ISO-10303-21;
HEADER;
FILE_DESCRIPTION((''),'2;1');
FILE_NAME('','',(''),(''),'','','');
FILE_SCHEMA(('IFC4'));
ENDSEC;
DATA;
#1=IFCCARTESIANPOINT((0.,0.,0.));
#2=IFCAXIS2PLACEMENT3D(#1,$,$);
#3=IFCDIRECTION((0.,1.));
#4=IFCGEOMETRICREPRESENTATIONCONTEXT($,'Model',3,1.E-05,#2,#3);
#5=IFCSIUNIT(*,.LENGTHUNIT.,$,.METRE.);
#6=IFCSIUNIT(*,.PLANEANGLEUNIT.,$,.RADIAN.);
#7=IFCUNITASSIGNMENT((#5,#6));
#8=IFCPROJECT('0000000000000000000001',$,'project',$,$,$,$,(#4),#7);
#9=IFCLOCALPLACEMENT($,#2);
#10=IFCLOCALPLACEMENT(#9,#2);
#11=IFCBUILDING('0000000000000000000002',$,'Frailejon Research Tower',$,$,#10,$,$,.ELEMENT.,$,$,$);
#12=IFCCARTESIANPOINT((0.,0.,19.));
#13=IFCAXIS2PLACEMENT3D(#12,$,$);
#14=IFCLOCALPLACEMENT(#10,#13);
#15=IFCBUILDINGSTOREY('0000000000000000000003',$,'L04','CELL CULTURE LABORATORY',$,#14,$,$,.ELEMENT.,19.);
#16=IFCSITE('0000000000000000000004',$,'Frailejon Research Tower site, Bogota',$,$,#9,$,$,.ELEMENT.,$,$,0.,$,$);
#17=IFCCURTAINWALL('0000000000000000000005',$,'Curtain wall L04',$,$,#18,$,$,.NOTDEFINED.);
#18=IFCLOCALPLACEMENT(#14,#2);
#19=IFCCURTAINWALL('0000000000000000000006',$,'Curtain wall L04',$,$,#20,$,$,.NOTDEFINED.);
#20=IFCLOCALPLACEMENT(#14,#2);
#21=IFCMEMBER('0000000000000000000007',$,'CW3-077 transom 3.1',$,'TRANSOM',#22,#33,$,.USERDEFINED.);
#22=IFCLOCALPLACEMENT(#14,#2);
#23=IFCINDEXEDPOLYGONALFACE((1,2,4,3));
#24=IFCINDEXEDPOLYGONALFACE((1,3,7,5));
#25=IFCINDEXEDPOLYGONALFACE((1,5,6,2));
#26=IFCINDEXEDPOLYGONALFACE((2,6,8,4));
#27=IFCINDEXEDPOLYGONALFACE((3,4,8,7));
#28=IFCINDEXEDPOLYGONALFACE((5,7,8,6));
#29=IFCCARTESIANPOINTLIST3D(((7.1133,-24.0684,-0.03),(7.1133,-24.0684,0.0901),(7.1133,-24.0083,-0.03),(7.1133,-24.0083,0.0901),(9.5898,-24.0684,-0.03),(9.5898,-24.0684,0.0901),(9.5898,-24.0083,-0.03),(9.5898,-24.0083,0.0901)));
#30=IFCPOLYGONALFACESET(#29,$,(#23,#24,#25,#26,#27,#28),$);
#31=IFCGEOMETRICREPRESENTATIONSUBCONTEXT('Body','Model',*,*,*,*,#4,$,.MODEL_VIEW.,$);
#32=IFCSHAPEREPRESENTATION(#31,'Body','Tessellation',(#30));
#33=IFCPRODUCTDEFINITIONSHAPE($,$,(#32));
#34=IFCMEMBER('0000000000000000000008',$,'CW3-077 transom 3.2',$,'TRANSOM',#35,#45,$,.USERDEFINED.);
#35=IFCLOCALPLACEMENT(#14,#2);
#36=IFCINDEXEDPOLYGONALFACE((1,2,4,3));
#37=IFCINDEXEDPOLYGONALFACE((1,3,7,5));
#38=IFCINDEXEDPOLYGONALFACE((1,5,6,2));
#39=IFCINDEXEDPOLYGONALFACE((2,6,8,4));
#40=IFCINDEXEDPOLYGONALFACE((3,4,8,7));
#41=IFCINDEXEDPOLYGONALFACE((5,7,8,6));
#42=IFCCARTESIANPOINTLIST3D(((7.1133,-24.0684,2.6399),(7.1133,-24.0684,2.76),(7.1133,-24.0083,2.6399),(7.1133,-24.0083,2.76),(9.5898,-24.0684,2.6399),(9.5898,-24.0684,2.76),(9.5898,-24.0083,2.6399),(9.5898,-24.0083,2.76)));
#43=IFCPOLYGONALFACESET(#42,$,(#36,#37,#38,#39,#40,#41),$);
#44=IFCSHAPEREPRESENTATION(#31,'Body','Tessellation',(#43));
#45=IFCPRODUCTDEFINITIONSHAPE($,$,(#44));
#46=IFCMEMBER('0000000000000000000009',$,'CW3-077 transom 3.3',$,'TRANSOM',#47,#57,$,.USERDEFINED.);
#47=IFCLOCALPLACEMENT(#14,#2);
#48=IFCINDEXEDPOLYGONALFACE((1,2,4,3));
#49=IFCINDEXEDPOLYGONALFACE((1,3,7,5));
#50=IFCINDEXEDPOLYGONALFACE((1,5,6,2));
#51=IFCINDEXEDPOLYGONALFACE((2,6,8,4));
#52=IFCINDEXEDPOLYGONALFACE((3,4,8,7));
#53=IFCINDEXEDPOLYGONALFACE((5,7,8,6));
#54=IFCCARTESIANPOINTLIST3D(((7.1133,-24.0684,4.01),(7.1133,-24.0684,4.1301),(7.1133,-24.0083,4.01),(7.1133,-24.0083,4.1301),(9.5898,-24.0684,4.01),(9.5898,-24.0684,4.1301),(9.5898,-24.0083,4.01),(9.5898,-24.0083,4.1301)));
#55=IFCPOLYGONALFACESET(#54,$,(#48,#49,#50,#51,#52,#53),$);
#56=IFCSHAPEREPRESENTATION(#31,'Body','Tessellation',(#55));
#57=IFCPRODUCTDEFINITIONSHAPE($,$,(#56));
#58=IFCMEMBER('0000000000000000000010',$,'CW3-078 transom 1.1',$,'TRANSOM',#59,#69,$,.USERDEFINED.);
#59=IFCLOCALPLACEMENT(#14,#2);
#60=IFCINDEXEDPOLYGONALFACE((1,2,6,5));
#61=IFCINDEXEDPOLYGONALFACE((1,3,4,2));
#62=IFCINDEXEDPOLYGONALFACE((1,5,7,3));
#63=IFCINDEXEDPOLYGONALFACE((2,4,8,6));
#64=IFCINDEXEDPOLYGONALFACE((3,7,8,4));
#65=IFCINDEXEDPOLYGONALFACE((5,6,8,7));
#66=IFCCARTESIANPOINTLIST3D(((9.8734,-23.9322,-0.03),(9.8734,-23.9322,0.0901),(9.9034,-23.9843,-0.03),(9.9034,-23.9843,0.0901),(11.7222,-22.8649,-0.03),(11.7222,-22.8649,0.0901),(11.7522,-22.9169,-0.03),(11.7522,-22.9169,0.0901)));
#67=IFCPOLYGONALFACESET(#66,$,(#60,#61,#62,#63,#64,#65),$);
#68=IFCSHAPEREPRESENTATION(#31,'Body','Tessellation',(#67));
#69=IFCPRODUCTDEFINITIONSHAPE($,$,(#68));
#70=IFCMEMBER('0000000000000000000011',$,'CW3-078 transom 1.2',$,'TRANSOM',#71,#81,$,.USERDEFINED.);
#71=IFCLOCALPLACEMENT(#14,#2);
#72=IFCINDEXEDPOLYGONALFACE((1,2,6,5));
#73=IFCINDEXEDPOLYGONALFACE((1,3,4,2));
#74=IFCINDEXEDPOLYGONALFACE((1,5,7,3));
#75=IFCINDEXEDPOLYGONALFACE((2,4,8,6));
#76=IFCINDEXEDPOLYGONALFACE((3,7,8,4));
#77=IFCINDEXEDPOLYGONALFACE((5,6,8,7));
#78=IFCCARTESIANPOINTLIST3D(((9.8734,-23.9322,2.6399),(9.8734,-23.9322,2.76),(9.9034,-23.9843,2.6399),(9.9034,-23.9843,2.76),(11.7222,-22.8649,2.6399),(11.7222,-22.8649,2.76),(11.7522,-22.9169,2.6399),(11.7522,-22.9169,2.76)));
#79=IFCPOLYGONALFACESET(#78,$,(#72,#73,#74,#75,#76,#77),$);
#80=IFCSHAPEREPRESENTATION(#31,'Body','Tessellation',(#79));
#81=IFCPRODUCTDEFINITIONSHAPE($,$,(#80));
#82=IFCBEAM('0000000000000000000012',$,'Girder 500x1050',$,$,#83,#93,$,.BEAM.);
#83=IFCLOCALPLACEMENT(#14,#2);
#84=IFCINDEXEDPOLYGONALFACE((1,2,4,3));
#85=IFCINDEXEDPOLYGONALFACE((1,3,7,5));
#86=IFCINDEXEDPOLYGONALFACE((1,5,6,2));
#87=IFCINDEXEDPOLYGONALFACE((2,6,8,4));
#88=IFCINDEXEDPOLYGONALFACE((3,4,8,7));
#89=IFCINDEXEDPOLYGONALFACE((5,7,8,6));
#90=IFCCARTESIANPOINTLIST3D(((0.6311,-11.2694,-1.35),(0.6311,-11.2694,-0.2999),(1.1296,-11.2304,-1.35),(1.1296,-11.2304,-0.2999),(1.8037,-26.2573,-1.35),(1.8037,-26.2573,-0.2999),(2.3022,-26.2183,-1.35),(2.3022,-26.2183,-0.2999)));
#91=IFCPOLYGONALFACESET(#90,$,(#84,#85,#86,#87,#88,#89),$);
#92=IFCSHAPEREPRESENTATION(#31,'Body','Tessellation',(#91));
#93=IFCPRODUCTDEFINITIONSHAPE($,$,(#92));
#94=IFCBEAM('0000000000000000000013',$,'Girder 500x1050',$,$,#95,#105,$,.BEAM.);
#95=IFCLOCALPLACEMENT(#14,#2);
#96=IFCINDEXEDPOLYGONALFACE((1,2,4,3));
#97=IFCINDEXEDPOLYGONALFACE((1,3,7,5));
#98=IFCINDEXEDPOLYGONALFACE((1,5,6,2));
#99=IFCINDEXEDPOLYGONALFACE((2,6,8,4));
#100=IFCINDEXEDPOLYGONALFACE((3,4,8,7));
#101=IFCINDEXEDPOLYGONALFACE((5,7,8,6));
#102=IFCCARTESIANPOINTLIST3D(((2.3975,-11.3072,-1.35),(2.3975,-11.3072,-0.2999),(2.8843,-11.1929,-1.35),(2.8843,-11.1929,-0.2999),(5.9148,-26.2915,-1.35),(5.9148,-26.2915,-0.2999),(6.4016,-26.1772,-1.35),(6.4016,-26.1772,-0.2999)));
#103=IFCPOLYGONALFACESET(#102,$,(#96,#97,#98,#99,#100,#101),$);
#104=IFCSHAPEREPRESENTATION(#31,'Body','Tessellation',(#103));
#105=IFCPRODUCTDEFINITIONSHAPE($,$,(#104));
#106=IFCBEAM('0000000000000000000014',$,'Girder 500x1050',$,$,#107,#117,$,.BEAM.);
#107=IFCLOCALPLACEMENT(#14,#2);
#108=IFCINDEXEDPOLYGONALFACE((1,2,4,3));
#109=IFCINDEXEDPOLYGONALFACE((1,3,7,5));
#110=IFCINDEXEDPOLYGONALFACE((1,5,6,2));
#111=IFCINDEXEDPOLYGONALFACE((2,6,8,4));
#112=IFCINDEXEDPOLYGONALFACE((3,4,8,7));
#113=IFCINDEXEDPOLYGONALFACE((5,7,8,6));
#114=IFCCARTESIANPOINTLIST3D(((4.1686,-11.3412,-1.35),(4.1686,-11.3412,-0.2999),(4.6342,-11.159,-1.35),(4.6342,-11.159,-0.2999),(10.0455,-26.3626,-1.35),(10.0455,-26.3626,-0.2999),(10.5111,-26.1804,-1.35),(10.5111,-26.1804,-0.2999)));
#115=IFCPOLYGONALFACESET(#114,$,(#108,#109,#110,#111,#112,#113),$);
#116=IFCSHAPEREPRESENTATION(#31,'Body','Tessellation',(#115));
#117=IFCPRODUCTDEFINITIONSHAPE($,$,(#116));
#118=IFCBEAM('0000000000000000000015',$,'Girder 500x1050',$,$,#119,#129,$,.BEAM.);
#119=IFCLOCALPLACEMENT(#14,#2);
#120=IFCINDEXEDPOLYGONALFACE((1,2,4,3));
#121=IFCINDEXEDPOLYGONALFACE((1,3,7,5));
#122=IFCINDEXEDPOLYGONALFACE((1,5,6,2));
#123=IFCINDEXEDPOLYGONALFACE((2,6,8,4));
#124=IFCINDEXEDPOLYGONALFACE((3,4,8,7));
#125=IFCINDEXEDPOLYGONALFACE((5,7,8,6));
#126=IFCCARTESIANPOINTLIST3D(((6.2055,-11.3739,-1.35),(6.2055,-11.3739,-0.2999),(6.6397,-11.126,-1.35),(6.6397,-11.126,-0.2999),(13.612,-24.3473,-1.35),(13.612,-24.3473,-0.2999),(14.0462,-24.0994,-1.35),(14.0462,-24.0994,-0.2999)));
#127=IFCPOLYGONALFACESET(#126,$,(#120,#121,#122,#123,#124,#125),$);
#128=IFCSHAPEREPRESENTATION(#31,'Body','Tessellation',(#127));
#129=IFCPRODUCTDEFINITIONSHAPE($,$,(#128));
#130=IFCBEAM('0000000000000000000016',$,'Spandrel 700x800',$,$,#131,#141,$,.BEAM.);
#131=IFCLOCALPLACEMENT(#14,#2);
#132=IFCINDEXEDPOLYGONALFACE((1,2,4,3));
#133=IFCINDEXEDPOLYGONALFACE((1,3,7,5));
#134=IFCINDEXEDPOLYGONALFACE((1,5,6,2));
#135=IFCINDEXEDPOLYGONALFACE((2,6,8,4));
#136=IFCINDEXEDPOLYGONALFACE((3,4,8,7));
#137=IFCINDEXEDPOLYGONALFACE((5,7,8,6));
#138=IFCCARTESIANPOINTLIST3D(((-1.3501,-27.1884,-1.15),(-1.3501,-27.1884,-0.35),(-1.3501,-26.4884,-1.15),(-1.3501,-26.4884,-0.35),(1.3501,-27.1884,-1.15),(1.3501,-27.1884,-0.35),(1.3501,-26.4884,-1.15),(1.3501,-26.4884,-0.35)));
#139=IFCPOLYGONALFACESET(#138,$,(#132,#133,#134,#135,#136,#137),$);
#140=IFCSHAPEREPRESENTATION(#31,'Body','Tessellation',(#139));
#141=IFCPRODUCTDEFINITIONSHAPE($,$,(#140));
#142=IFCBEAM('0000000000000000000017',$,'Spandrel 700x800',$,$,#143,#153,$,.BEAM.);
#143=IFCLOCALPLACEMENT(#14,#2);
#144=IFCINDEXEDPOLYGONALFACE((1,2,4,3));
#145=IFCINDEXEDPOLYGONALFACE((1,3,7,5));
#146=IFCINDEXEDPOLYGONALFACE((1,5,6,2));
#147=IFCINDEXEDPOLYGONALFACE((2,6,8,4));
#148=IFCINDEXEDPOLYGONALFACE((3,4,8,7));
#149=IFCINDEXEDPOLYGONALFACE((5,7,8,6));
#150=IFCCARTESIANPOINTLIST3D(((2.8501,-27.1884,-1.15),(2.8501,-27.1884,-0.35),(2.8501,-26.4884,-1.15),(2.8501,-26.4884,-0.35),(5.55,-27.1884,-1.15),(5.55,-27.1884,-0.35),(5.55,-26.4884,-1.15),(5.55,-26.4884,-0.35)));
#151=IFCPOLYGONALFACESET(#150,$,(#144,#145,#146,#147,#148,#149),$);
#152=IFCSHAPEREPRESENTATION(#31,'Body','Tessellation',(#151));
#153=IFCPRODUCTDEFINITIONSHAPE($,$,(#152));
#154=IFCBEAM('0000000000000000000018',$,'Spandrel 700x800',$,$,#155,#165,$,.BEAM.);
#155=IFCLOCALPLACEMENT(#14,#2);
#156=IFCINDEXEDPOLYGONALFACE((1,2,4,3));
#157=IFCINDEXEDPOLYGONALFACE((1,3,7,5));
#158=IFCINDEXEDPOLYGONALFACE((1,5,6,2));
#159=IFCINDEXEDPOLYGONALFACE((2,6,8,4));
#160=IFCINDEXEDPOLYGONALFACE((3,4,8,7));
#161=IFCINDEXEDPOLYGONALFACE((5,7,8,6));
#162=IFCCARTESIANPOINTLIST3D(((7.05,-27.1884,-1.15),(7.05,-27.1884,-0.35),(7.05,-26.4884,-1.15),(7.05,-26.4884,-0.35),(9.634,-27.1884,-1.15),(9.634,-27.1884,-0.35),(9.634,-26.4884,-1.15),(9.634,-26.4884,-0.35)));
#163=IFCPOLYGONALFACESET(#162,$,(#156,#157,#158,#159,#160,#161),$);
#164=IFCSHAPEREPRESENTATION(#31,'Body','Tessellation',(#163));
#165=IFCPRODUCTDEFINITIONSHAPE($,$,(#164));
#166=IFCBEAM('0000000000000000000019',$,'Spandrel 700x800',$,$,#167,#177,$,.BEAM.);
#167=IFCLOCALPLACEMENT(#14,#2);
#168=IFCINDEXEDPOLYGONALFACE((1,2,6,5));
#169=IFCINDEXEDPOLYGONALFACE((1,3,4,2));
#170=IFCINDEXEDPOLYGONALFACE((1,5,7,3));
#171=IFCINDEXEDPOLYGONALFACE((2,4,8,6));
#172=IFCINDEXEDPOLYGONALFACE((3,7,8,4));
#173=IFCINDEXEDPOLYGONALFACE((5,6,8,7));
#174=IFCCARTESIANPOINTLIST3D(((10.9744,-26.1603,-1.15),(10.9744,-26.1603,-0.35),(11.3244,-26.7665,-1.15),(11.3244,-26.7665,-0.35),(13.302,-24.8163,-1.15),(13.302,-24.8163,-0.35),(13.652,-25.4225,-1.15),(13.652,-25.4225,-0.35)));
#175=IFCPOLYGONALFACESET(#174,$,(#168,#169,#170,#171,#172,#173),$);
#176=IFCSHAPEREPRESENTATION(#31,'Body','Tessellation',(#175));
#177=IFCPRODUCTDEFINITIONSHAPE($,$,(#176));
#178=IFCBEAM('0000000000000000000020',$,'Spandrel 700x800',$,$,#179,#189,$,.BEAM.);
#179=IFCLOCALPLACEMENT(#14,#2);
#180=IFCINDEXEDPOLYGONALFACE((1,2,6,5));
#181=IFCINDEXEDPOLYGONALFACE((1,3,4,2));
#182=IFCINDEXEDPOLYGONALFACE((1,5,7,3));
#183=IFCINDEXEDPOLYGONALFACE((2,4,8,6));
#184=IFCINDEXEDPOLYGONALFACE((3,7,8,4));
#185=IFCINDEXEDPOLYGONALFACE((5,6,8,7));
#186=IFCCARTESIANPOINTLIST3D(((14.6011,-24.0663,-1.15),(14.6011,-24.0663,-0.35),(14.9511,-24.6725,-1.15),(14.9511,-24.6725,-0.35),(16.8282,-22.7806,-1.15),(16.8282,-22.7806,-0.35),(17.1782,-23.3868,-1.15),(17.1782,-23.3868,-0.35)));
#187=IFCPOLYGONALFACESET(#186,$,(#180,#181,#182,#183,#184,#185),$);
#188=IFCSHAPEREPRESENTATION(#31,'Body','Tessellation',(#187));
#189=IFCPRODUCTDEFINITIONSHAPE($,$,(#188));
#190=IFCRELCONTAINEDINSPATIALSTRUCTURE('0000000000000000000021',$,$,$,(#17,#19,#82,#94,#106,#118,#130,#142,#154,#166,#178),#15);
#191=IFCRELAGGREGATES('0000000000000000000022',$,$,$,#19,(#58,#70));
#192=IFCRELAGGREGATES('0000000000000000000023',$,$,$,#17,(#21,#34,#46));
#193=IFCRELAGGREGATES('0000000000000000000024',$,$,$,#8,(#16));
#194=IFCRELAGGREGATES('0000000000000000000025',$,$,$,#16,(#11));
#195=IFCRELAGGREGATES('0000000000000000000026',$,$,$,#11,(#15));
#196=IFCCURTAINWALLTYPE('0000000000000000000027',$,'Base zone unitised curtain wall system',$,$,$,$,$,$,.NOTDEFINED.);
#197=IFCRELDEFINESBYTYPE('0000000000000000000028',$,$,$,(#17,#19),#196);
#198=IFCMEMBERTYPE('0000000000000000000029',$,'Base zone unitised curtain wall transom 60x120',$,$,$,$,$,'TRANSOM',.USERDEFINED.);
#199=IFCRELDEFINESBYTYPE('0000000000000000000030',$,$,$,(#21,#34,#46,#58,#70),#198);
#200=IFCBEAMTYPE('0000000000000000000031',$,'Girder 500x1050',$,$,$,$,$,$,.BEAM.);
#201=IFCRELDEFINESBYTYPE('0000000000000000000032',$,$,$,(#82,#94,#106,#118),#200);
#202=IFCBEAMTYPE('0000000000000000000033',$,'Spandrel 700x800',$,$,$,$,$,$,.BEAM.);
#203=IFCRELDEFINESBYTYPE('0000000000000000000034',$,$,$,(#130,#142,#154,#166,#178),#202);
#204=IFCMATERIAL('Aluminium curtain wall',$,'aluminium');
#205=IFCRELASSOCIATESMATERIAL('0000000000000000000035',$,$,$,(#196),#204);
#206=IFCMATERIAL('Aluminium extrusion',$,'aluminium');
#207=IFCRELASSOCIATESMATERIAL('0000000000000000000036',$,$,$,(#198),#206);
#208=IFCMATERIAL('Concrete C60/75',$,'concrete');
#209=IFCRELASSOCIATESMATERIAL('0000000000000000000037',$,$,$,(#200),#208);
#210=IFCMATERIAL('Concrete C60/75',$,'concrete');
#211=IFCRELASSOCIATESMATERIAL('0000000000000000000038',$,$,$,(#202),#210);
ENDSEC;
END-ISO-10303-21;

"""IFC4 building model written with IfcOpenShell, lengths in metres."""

from ifc_helpers import new_model, si_unit, direction, frame, origin, origin_2d, place, context, subcontext, project, spatial, rectangle, extrude, material, material_profile, profile_set, type_object, element, aggregate, save


model = new_model("IFC4")

# Units and contexts
model_context = context("Model", 3, precision=1e-05, world=origin(), true_north=direction((0.0, 1.0)))
body_context = subcontext(model_context, "Body", "Model", "MODEL_VIEW")
ifc_project = project(units=[si_unit("LENGTHUNIT", "METRE"), si_unit("PLANEANGLEUNIT", "RADIAN")], contexts=[model_context])

# Site, building, storey
site_placement = place(None, origin())
site = spatial("IfcSite", under=ifc_project, at=site_placement, Name="Frailejon Research Tower site, Bogota", CompositionType="ELEMENT", RefElevation=0.0)
building_placement = place(site_placement, origin())
building = spatial("IfcBuilding", under=site, at=building_placement, Name="Frailejon Research Tower", CompositionType="ELEMENT")
storey_placement = place(building_placement, frame((0.0, 0.0, 19.0)))
storey = spatial("IfcBuildingStorey", under=building, at=storey_placement, Name="L04", Description="CELL CULTURE LABORATORY", CompositionType="ELEMENT", Elevation=19.0)

# Curtain wall
ifc_material_1 = material(Name="Aluminium curtain wall", Category="aluminium")
curtain_wall_type = type_object("IfcCurtainWallType", Name="Base zone unitised curtain wall system", PredefinedType="NOTDEFINED", material=ifc_material_1)
curtain_wall_1_placement = place(storey_placement, origin())
curtain_wall_1 = element("IfcCurtainWall", 1, at=curtain_wall_1_placement, inside=storey, type_object=curtain_wall_type, Name="Curtain wall L04", PredefinedType="NOTDEFINED")

# Curtain wall
curtain_wall_2_placement = place(storey_placement, origin())
curtain_wall_2 = element("IfcCurtainWall", 2, at=curtain_wall_2_placement, inside=storey, type_object=curtain_wall_type, Name="Curtain wall L04", PredefinedType="NOTDEFINED")

# Members
ifc_material_2 = material(Name="Aluminium extrusion", Category="aluminium")
ifc_material_profile_1 = material_profile(ifc_material_2, rectangle(XDim=0.0601, YDim=0.1201, at=origin_2d()), Name="Base zone unitised curtain wall transom 60x120")
ifc_profile_set_1 = profile_set([ifc_material_profile_1], Name="Aluminium extrusion")
member_type_1 = type_object("IfcMemberType", Name="Base zone unitised curtain wall transom 60x120", ElementType="TRANSOM", PredefinedType="USERDEFINED", material=ifc_profile_set_1)
member_1_placement = place(storey_placement, frame((7.1133, -24.0383, 0.03), z_axis=(1.0, 0.0, 0.0), x_axis=(0.0, 1.0, 0.0)))
member_1 = element("IfcMember", 3, at=member_1_placement, type_object=member_type_1, Name="CW3-077 transom 3.1", ObjectType="TRANSOM", PredefinedType="USERDEFINED", context=body_context, shape_type="SweptSolid", body=[
    extrude(rectangle(XDim=0.0601, YDim=0.1201, at=origin_2d()), origin(), (0.0, 0.0, 1.0), 2.4766),
])
member_2_placement = place(storey_placement, frame((7.1133, -24.0383, 2.7), z_axis=(1.0, 0.0, 0.0), x_axis=(0.0, 1.0, 0.0)))
member_2 = element("IfcMember", 4, at=member_2_placement, type_object=member_type_1, Name="CW3-077 transom 3.2", ObjectType="TRANSOM", PredefinedType="USERDEFINED", context=body_context, shape_type="SweptSolid", body=[
    extrude(rectangle(XDim=0.0601, YDim=0.1201, at=origin_2d()), origin(), (0.0, 0.0, 1.0), 2.4766),
])
member_3_placement = place(storey_placement, frame((7.1133, -24.0383, 4.0701), z_axis=(1.0, 0.0, 0.0), x_axis=(0.0, 1.0, 0.0)))
member_3 = element("IfcMember", 5, at=member_3_placement, type_object=member_type_1, Name="CW3-077 transom 3.3", ObjectType="TRANSOM", PredefinedType="USERDEFINED", context=body_context, shape_type="SweptSolid", body=[
    extrude(rectangle(XDim=0.0601, YDim=0.1201, at=origin_2d()), origin(), (0.0, 0.0, 1.0), 2.4766),
])
member_4_placement = place(storey_placement, frame((9.8884, -23.9583, 0.03), z_axis=(0.866039, 0.499977, 0.0), x_axis=(-0.499977, 0.866039, 0.0)))
member_4 = element("IfcMember", 6, at=member_4_placement, type_object=member_type_1, Name="CW3-078 transom 1.1", ObjectType="TRANSOM", PredefinedType="USERDEFINED", context=body_context, shape_type="SweptSolid", body=[
    extrude(rectangle(XDim=0.0601, YDim=0.1201, at=origin_2d()), origin(), (0.0, 0.0, 1.0), 2.1348),
])
member_5_placement = place(storey_placement, frame((9.8884, -23.9583, 2.7), z_axis=(0.866039, 0.499977, 0.0), x_axis=(-0.499977, 0.866039, 0.0)))
member_5 = element("IfcMember", 7, at=member_5_placement, type_object=member_type_1, Name="CW3-078 transom 1.2", ObjectType="TRANSOM", PredefinedType="USERDEFINED", context=body_context, shape_type="SweptSolid", body=[
    extrude(rectangle(XDim=0.0601, YDim=0.1201, at=origin_2d()), origin(), (0.0, 0.0, 1.0), 2.1348),
])
aggregate(curtain_wall_2, [member_4, member_5])

# Beams
ifc_material_3 = material(Name="Concrete C60/75", Category="concrete")
ifc_material_profile_2 = material_profile(ifc_material_3, rectangle(XDim=0.5, YDim=1.05, at=origin_2d()), Name="Girder 500x1050")
ifc_profile_set_2 = profile_set([ifc_material_profile_2], Name="Concrete C60/75")
beam_type_1 = type_object("IfcBeamType", Name="Girder 500x1050", PredefinedType="BEAM", material=ifc_profile_set_2)
beam_1_placement = place(storey_placement, frame((2.053, -26.2378, -0.825), z_axis=(-0.077999, 0.996953, 0.0), x_axis=(-0.996953, -0.077999, 0.0)))
element("IfcBeam", 8, at=beam_1_placement, inside=storey, type_object=beam_type_1, Name="Girder 500x1050", PredefinedType="BEAM", context=body_context, shape_type="SweptSolid", body=[
    extrude(rectangle(XDim=0.5, YDim=1.05, at=origin_2d()), origin(), (0.0, 0.0, 1.0), 15.0337),
])
beam_2_placement = place(storey_placement, frame((6.1582, -26.2344, -0.825), z_axis=(-0.228522, 0.973539, 0.0), x_axis=(-0.973539, -0.228522, 0.0)))
element("IfcBeam", 9, at=beam_2_placement, inside=storey, type_object=beam_type_1, Name="Girder 500x1050", PredefinedType="BEAM", context=body_context, shape_type="SweptSolid", body=[
    extrude(rectangle(XDim=0.5, YDim=1.05, at=origin_2d()), origin(), (0.0, 0.0, 1.0), 15.3916),
])
beam_3_placement = place(storey_placement, frame((10.2783, -26.2715, -0.825), z_axis=(-0.364345, 0.931264, 0.0), x_axis=(-0.931264, -0.364345, 0.0)))
element("IfcBeam", 10, at=beam_3_placement, inside=storey, type_object=beam_type_1, Name="Girder 500x1050", PredefinedType="BEAM", context=body_context, shape_type="SweptSolid", body=[
    extrude(rectangle(XDim=0.5, YDim=1.05, at=origin_2d()), origin(), (0.0, 0.0, 1.0), 16.1301),
])
beam_4_placement = place(storey_placement, frame((13.8291, -24.2234, -0.825), z_axis=(-0.495792, 0.868441, 0.0), x_axis=(-0.868441, -0.495792, 0.0)))
element("IfcBeam", 11, at=beam_4_placement, inside=storey, type_object=beam_type_1, Name="Girder 500x1050", PredefinedType="BEAM", context=body_context, shape_type="SweptSolid", body=[
    extrude(rectangle(XDim=0.5, YDim=1.05, at=origin_2d()), origin(), (0.0, 0.0, 1.0), 14.9387),
])
ifc_material_4 = material(Name="Concrete C60/75", Category="concrete")
ifc_material_profile_3 = material_profile(ifc_material_4, rectangle(XDim=0.7, YDim=0.8, at=origin_2d()), Name="Spandrel 700x800")
ifc_profile_set_3 = profile_set([ifc_material_profile_3], Name="Concrete C60/75")
beam_type_2 = type_object("IfcBeamType", Name="Spandrel 700x800", PredefinedType="BEAM", material=ifc_profile_set_3)
beam_5_placement = place(storey_placement, frame((-1.3501, -26.8384, -0.75), z_axis=(1.0, 0.0, 0.0), x_axis=(0.0, 1.0, 0.0)))
element("IfcBeam", 12, at=beam_5_placement, inside=storey, type_object=beam_type_2, Name="Spandrel 700x800", PredefinedType="BEAM", context=body_context, shape_type="SweptSolid", body=[
    extrude(rectangle(XDim=0.7, YDim=0.8, at=origin_2d()), origin(), (0.0, 0.0, 1.0), 2.7002),
])
beam_6_placement = place(storey_placement, frame((2.8501, -26.8384, -0.75), z_axis=(1.0, 0.0, 0.0), x_axis=(0.0, 1.0, 0.0)))
element("IfcBeam", 13, at=beam_6_placement, inside=storey, type_object=beam_type_2, Name="Spandrel 700x800", PredefinedType="BEAM", context=body_context, shape_type="SweptSolid", body=[
    extrude(rectangle(XDim=0.7, YDim=0.8, at=origin_2d()), origin(), (0.0, 0.0, 1.0), 2.7),
])
beam_7_placement = place(storey_placement, frame((7.05, -26.8384, -0.75), z_axis=(1.0, 0.0, 0.0), x_axis=(0.0, 1.0, 0.0)))
element("IfcBeam", 14, at=beam_7_placement, inside=storey, type_object=beam_type_2, Name="Spandrel 700x800", PredefinedType="BEAM", context=body_context, shape_type="SweptSolid", body=[
    extrude(rectangle(XDim=0.7, YDim=0.8, at=origin_2d()), origin(), (0.0, 0.0, 1.0), 2.584),
])
beam_8_placement = place(storey_placement, frame((11.1494, -26.4634, -0.75), z_axis=(0.866004, 0.500037, 0.0), x_axis=(-0.500037, 0.866004, 0.0)))
element("IfcBeam", 15, at=beam_8_placement, inside=storey, type_object=beam_type_2, Name="Spandrel 700x800", PredefinedType="BEAM", context=body_context, shape_type="SweptSolid", body=[
    extrude(rectangle(XDim=0.7, YDim=0.8, at=origin_2d()), origin(), (0.0, 0.0, 1.0), 2.6877),
])
beam_9_placement = place(storey_placement, frame((14.7761, -24.3694, -0.75), z_axis=(0.86605, 0.499958, 0.0), x_axis=(-0.499958, 0.86605, 0.0)))
element("IfcBeam", 16, at=beam_9_placement, inside=storey, type_object=beam_type_2, Name="Spandrel 700x800", PredefinedType="BEAM", context=body_context, shape_type="SweptSolid", body=[
    extrude(rectangle(XDim=0.7, YDim=0.8, at=origin_2d()), origin(), (0.0, 0.0, 1.0), 2.5715),
])

aggregate(curtain_wall_1, [member_1, member_2, member_3])

save(model, "model.ifc")
